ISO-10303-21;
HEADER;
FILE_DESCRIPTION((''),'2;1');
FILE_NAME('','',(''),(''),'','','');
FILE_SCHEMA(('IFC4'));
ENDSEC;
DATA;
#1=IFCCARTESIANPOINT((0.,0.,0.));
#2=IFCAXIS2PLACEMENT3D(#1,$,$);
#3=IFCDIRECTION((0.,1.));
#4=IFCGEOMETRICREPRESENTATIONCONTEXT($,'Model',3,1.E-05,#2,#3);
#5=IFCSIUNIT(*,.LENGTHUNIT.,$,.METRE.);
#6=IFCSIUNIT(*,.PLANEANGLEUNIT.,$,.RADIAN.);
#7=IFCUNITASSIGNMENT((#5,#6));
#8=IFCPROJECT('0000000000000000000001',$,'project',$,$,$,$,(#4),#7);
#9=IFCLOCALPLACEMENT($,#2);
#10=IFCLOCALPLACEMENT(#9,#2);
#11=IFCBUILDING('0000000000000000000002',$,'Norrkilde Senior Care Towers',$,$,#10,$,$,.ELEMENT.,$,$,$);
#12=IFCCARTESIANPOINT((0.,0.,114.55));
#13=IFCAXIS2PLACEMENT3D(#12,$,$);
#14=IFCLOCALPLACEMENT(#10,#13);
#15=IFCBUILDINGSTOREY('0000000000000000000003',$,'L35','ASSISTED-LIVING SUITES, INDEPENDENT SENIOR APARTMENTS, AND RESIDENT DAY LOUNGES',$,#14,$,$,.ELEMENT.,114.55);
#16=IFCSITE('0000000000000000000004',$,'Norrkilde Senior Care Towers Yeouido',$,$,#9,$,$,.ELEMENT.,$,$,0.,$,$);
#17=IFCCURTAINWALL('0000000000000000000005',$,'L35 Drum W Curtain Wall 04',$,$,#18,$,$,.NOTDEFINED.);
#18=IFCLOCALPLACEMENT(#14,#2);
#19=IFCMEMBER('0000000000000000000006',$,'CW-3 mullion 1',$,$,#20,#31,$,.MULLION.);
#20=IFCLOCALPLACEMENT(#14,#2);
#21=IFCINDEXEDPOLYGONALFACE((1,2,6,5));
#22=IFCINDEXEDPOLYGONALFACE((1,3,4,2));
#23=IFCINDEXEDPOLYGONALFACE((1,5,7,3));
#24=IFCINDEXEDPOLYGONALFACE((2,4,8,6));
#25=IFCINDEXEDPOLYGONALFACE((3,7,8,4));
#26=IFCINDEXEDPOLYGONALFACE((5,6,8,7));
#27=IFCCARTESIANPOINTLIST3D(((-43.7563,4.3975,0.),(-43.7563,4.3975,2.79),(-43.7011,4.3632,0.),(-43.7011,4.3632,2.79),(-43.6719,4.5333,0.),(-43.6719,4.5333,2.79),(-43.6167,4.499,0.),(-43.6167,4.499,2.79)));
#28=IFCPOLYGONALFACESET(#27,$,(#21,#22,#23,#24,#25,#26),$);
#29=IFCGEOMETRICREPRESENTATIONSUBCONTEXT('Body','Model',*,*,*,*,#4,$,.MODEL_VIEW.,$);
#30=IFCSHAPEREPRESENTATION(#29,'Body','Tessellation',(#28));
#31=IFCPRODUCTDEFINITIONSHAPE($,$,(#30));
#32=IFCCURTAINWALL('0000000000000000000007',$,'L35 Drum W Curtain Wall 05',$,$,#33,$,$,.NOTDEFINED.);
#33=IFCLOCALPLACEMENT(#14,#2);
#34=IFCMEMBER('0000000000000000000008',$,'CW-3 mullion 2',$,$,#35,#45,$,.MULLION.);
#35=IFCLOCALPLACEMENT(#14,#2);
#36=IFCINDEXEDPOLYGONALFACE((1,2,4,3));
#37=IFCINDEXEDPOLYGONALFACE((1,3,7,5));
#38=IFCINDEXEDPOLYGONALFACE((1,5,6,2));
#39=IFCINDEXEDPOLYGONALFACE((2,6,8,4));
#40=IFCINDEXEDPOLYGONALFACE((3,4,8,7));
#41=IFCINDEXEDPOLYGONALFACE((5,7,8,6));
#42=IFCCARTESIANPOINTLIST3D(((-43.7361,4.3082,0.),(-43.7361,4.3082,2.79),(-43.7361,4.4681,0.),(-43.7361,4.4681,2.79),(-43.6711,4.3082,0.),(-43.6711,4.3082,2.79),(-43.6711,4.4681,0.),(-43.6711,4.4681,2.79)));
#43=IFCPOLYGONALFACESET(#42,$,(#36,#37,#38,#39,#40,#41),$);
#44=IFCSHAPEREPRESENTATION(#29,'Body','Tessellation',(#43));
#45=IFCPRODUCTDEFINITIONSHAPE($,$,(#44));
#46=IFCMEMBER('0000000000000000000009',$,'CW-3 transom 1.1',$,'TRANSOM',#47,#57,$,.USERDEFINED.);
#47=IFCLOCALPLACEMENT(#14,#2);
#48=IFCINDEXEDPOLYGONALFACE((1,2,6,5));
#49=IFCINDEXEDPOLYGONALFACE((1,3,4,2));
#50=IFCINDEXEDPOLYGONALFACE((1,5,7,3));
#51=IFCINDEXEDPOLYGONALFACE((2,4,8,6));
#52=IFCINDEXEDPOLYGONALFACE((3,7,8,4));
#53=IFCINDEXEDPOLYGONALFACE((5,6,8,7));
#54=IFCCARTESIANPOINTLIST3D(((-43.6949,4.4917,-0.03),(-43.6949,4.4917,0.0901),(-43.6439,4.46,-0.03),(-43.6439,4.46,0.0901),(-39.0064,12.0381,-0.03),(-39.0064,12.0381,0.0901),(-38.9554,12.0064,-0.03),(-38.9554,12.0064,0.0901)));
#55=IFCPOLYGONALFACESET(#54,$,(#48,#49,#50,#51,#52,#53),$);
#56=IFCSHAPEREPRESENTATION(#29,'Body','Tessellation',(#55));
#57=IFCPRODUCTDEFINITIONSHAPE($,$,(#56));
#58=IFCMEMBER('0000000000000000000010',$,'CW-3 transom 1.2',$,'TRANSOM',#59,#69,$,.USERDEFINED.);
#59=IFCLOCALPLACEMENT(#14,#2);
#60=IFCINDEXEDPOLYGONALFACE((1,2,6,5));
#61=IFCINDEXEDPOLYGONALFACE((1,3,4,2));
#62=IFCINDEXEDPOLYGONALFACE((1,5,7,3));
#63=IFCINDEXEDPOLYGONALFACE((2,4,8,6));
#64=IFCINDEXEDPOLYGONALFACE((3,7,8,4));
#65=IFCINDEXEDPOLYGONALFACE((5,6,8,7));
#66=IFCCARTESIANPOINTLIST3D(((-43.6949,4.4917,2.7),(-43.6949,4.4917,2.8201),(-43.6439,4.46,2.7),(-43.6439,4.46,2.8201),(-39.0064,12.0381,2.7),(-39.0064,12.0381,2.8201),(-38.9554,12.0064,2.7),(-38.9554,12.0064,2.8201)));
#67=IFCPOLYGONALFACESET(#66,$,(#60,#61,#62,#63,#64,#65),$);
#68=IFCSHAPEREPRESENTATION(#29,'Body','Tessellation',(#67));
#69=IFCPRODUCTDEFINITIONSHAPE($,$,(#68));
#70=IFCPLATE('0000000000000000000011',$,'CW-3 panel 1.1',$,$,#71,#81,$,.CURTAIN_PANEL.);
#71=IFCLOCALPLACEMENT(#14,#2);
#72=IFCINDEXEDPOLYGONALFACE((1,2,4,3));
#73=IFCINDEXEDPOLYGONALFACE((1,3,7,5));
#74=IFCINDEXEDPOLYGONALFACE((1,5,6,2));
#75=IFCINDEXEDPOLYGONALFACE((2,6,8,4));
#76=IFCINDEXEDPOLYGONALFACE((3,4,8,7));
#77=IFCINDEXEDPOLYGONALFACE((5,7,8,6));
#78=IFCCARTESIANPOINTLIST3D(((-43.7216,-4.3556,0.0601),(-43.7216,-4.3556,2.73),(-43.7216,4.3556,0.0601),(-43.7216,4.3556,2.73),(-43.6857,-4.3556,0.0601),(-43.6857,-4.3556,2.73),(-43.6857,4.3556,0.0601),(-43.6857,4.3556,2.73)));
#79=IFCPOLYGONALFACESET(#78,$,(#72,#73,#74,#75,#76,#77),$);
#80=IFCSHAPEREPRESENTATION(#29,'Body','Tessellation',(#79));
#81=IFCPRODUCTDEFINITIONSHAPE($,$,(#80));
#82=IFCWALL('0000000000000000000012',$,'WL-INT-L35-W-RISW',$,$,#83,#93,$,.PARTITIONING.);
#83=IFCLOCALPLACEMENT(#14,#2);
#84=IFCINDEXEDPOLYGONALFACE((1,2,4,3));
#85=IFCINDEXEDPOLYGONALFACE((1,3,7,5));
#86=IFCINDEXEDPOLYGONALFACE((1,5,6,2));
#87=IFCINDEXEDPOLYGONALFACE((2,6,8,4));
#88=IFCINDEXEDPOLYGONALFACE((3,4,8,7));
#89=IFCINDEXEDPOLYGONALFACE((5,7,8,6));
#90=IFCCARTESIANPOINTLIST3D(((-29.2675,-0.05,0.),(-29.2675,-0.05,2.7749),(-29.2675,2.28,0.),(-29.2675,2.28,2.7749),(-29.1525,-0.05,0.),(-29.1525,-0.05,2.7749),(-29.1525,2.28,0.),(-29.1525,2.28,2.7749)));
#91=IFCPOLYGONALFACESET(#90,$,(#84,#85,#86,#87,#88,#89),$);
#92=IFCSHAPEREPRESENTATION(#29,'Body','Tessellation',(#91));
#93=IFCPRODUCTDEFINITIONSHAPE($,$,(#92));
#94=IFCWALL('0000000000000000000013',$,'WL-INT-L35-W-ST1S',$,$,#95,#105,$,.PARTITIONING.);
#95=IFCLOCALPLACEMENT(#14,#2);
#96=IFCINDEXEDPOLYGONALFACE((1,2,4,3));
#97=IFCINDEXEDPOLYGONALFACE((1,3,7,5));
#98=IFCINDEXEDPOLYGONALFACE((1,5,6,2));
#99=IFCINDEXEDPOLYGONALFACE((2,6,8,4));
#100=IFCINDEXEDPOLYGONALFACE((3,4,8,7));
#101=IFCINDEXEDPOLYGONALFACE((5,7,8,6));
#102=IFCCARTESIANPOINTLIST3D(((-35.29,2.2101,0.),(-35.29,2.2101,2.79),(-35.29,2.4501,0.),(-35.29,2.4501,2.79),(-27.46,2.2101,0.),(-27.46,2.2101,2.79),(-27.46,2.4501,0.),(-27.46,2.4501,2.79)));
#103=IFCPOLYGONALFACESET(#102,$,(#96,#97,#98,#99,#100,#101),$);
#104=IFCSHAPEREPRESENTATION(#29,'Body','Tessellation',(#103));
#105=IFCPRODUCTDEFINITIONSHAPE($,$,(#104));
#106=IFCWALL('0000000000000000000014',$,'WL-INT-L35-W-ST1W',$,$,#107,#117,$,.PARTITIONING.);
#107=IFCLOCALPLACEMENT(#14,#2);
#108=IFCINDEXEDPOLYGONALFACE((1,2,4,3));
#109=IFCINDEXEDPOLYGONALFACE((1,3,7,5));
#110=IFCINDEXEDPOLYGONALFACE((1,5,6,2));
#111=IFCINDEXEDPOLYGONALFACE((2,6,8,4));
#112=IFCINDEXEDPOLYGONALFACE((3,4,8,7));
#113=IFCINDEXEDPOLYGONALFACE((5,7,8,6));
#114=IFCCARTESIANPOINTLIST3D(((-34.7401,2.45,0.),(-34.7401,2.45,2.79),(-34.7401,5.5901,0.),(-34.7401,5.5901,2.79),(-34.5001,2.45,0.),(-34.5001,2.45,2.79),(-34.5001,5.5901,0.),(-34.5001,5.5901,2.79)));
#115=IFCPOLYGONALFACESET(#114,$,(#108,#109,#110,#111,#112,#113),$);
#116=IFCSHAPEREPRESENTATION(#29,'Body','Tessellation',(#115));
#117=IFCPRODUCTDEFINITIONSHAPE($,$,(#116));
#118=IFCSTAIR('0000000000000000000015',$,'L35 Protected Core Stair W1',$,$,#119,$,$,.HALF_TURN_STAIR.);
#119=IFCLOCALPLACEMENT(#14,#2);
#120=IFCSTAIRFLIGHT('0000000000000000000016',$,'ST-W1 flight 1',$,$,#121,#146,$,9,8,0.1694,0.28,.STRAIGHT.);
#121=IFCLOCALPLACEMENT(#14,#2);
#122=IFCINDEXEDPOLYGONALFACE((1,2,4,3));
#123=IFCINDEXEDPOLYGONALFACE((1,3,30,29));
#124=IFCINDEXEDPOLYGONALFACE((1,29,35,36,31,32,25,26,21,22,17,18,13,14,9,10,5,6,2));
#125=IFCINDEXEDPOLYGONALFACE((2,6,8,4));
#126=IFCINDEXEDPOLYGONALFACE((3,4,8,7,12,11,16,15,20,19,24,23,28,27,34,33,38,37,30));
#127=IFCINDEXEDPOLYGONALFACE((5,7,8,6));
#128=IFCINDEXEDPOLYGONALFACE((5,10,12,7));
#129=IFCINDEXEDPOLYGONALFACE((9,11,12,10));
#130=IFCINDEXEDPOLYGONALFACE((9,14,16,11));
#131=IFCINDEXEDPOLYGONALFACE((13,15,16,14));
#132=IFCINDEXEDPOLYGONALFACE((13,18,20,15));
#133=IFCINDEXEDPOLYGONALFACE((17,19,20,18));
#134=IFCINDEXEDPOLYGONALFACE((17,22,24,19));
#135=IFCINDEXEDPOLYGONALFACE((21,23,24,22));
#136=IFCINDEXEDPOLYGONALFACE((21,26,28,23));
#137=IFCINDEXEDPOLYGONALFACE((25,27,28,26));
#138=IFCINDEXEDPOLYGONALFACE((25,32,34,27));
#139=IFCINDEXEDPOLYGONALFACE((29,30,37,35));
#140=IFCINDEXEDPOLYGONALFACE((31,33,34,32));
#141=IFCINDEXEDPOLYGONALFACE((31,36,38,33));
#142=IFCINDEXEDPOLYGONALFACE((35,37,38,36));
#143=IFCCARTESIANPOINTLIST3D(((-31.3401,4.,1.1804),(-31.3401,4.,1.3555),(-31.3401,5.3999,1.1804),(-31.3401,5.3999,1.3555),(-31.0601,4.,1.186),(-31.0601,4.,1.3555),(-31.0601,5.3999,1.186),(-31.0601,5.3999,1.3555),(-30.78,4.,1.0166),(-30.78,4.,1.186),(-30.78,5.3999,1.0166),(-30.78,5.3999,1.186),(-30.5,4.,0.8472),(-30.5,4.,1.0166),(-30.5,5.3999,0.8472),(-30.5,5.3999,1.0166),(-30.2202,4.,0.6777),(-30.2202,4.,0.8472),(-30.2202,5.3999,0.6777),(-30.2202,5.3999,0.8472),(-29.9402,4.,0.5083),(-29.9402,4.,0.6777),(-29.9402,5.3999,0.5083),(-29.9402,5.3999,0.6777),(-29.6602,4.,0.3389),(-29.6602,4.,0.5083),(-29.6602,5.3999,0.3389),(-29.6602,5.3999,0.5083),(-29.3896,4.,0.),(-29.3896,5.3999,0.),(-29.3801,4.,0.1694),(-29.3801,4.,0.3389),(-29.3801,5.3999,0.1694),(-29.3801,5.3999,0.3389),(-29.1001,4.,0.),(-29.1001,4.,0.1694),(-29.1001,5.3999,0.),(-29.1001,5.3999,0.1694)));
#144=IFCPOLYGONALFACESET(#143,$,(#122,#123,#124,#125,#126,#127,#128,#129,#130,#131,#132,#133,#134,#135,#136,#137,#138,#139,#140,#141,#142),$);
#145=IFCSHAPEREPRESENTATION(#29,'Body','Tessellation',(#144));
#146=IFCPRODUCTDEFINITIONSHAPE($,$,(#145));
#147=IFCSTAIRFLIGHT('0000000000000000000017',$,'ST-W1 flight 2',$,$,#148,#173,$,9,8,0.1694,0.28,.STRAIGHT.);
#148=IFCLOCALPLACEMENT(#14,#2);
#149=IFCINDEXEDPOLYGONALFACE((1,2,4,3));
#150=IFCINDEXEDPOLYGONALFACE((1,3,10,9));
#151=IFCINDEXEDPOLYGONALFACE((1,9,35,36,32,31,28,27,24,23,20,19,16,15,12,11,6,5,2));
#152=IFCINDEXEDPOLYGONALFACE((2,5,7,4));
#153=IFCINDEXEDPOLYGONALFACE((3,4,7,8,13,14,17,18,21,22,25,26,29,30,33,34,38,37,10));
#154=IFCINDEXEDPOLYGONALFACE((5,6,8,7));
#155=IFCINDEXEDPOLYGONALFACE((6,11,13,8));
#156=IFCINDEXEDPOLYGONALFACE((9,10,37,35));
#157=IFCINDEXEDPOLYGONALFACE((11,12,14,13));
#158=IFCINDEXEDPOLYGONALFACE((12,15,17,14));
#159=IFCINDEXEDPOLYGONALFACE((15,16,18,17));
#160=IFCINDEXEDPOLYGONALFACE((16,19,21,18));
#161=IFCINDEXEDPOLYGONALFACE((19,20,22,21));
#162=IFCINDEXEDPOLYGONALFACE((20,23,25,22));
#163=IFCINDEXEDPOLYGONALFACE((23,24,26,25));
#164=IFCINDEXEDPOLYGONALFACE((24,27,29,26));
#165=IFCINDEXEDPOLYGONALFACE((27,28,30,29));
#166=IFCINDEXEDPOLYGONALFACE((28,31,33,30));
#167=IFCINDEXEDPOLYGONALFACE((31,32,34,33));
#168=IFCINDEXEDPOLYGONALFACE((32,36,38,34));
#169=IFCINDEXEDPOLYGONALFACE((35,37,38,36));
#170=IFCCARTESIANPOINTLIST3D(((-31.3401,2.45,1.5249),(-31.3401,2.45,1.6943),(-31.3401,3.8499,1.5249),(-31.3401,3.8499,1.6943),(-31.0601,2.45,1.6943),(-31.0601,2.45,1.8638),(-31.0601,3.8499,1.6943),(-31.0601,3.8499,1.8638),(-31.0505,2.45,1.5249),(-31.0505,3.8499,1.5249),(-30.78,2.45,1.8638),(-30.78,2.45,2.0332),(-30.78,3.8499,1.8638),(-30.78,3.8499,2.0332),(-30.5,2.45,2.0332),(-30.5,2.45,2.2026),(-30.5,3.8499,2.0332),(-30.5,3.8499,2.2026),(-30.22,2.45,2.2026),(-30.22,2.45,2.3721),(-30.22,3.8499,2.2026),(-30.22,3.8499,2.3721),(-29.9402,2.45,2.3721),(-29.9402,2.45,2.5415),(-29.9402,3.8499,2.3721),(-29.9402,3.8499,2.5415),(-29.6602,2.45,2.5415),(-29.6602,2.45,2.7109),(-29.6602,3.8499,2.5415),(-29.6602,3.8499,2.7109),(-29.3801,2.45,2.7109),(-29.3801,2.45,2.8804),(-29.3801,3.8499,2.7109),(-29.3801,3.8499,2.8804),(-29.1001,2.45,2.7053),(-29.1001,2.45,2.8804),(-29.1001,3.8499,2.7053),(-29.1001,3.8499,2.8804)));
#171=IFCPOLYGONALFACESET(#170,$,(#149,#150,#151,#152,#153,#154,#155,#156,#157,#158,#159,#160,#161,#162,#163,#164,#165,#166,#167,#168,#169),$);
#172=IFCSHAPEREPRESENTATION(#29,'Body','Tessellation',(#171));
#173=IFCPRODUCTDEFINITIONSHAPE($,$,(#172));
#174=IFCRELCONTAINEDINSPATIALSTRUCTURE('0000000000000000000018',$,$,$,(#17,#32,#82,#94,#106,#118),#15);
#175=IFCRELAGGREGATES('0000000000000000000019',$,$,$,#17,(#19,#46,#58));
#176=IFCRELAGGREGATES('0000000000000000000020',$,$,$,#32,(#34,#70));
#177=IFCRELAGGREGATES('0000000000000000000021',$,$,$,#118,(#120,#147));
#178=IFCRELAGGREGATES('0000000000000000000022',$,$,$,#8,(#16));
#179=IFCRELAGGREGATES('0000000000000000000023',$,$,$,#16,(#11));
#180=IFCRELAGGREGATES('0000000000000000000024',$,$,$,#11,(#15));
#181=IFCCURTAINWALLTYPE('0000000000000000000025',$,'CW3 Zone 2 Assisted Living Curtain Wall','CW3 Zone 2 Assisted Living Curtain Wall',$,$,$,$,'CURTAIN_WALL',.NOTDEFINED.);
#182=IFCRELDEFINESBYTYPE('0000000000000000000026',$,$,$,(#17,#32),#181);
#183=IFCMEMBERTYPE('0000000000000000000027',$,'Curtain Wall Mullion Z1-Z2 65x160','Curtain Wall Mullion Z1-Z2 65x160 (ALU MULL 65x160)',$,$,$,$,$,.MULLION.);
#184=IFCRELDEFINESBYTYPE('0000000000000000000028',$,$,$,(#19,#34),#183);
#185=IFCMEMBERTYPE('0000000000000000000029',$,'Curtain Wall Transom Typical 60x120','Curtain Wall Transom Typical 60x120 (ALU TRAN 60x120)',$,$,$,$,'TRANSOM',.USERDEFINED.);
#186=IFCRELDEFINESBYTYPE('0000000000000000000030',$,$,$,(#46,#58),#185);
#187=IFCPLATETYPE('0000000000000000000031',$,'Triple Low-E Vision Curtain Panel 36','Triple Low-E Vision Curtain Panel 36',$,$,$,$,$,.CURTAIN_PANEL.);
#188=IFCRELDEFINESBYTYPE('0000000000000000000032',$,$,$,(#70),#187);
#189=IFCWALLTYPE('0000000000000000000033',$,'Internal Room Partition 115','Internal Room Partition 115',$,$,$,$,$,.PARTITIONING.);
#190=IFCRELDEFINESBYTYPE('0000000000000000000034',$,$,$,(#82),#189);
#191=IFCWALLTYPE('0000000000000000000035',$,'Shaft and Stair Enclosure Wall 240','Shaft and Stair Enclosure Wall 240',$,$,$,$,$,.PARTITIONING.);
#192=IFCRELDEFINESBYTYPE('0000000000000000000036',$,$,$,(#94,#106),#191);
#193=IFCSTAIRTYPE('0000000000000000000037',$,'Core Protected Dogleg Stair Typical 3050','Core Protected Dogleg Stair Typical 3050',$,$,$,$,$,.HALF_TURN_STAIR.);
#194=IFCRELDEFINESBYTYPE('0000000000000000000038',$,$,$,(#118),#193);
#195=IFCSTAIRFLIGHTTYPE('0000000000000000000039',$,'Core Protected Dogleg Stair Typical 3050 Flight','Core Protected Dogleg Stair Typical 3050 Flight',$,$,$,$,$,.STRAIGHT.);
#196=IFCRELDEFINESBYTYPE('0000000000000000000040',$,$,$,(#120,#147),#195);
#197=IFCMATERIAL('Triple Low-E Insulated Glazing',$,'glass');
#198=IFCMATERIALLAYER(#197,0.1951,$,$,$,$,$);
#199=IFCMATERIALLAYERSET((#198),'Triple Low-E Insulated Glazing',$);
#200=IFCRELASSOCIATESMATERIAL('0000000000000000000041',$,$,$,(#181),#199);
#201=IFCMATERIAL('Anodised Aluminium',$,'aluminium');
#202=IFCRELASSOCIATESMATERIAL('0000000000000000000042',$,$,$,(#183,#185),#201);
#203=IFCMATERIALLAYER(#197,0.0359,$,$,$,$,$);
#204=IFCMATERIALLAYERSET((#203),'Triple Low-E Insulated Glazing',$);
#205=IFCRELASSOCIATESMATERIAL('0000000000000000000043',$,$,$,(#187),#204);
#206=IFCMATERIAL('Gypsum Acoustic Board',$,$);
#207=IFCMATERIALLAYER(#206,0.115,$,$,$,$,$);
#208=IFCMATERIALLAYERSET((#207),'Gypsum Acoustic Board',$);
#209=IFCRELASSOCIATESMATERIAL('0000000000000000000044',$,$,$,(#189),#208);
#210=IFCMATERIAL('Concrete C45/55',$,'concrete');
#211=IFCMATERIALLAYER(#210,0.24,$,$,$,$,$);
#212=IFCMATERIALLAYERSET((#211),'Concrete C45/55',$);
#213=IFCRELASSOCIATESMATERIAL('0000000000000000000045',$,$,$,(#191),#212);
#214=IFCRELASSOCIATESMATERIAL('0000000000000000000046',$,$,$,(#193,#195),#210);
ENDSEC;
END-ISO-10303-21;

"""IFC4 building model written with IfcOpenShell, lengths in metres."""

from ifc_helpers import new_model, si_unit, direction, frame, frame_2d, origin, origin_2d, place, context, subcontext, project, spatial, polyline, rectangle, outline, extrude, source, transform, mapped, material, layer, layer_set, material_profile, profile_set, type_object, type_shapes, element, aggregate, save


model = new_model("IFC4")

# Units and contexts
model_context = context("Model", 3, precision=1e-05, world=origin(), true_north=direction((0.0, 1.0)))
body_context = subcontext(model_context, "Body", "Model", "MODEL_VIEW")
ifc_project = project(units=[si_unit("LENGTHUNIT", "METRE"), si_unit("PLANEANGLEUNIT", "RADIAN")], contexts=[model_context])

# Site, building, storey
site_placement = place(None, origin())
site = spatial("IfcSite", under=ifc_project, at=site_placement, Name="Norrkilde Senior Care Towers Yeouido", CompositionType="ELEMENT", RefElevation=0.0)
building_placement = place(site_placement, origin())
building = spatial("IfcBuilding", under=site, at=building_placement, Name="Norrkilde Senior Care Towers", CompositionType="ELEMENT")
storey_placement = place(building_placement, frame((0.0, 0.0, 114.55)))
storey = spatial("IfcBuildingStorey", under=building, at=storey_placement, Name="L35", Description="ASSISTED-LIVING SUITES, INDEPENDENT SENIOR APARTMENTS, AND RESIDENT DAY LOUNGES", CompositionType="ELEMENT", Elevation=114.55)

# Curtain walls, members
ifc_material_1 = material(Name="Triple Low-E Insulated Glazing", Category="glass")
ifc_layer_1 = layer(ifc_material_1, 0.1951)
ifc_layer_set_1 = layer_set([ifc_layer_1], Name="Triple Low-E Insulated Glazing")
curtain_wall_type = type_object("IfcCurtainWallType", Name="CW3 Zone 2 Assisted Living Curtain Wall", Description="CW3 Zone 2 Assisted Living Curtain Wall", ElementType="CURTAIN_WALL", PredefinedType="NOTDEFINED", material=ifc_layer_set_1)
curtain_wall_1_placement = place(storey_placement, origin())
curtain_wall_1 = element("IfcCurtainWall", 1, at=curtain_wall_1_placement, inside=storey, type_object=curtain_wall_type, Name="L35 Drum W Curtain Wall 04", PredefinedType="NOTDEFINED")
ifc_material_2 = material(Name="Anodised Aluminium", Category="aluminium")
ifc_material_profile_1 = material_profile(ifc_material_2, rectangle(XDim=0.0649, YDim=0.1599, at=origin_2d()), Name="ALU MULL 65x160")
ifc_profile_set_1 = profile_set([ifc_material_profile_1], Name="Anodised Aluminium")
member_type_1 = type_object("IfcMemberType", Name="Curtain Wall Mullion Z1-Z2 65x160", Description="Curtain Wall Mullion Z1-Z2 65x160 (ALU MULL 65x160)", PredefinedType="MULLION", material=ifc_profile_set_1)
shared_shape_1 = source(origin(), body_context, "Body", "SweptSolid", [
    extrude(rectangle(XDim=0.0649, YDim=0.1599, at=origin_2d()), origin(), (0.0, 0.0, 1.0), 2.79),
])
type_shapes(member_type_1, [shared_shape_1])
member_1_placement = place(storey_placement, frame((-43.6865, 4.4482, 0.0), z_axis=(0.0, 0.0, 1.0), x_axis=(-0.84941, 0.527733, 0.0)))
member_1 = element("IfcMember", 2, at=member_1_placement, type_object=member_type_1, Name="CW-3 mullion 1", PredefinedType="MULLION", context=body_context, shape_type="MappedRepresentation", body=[
    mapped(shared_shape_1, transform((0.0, 0.0, 0.0), x_axis=(1.0, 0.0, 0.0), y_axis=(0.0, 1.0, 0.0), z_axis=(0.0, 0.0, 1.0), scale=1.0)),
])
curtain_wall_2_placement = place(storey_placement, origin())
curtain_wall_2 = element("IfcCurtainWall", 3, at=curtain_wall_2_placement, inside=storey, type_object=curtain_wall_type, Name="L35 Drum W Curtain Wall 05", PredefinedType="NOTDEFINED")
member_2_placement = place(storey_placement, frame((-43.7036, 4.3882, 0.0), z_axis=(0.0, 0.0, 1.0), x_axis=(-1.0, 0.0, 0.0)))
member_2 = element("IfcMember", 4, at=member_2_placement, type_object=member_type_1, Name="CW-3 mullion 2", PredefinedType="MULLION", context=body_context, shape_type="MappedRepresentation", body=[
    mapped(shared_shape_1, transform((0.0, 0.0, 0.0), x_axis=(1.0, 0.0, 0.0), y_axis=(0.0, 1.0, 0.0), z_axis=(0.0, 0.0, 1.0), scale=1.0)),
])

# Members
ifc_material_profile_2 = material_profile(ifc_material_2, rectangle(XDim=0.0601, YDim=0.1201, at=origin_2d()), Name="ALU TRAN 60x120")
ifc_profile_set_2 = profile_set([ifc_material_profile_2], Name="Anodised Aluminium")
member_type_2 = type_object("IfcMemberType", Name="Curtain Wall Transom Typical 60x120", Description="Curtain Wall Transom Typical 60x120 (ALU TRAN 60x120)", ElementType="TRANSOM", PredefinedType="USERDEFINED", material=ifc_profile_set_2)
shared_shape_2 = source(origin(), body_context, "Body", "SweptSolid", [
    extrude(rectangle(XDim=0.0601, YDim=0.1201, at=origin_2d()), origin(), (0.0, 0.0, 1.0), 8.8843),
])
type_shapes(member_type_2, [shared_shape_2])
member_3_placement = place(storey_placement, frame((-43.6694, 4.4758, 0.03), z_axis=(0.527729, 0.849413, 0.0), x_axis=(-0.849413, 0.527729, 0.0)))
member_3 = element("IfcMember", 5, at=member_3_placement, type_object=member_type_2, Name="CW-3 transom 1.1", ObjectType="TRANSOM", PredefinedType="USERDEFINED", context=body_context, shape_type="MappedRepresentation", body=[
    mapped(shared_shape_2, transform((0.0, 0.0, 0.0), x_axis=(1.0, 0.0, 0.0), y_axis=(0.0, 1.0, 0.0), z_axis=(0.0, 0.0, 1.0), scale=1.0)),
])
member_4_placement = place(storey_placement, frame((-43.6694, 4.4758, 2.76), z_axis=(0.527729, 0.849413, 0.0), x_axis=(-0.849413, 0.527729, 0.0)))
member_4 = element("IfcMember", 6, at=member_4_placement, type_object=member_type_2, Name="CW-3 transom 1.2", ObjectType="TRANSOM", PredefinedType="USERDEFINED", context=body_context, shape_type="MappedRepresentation", body=[
    mapped(shared_shape_2, transform((0.0, 0.0, 0.0), x_axis=(1.0, 0.0, 0.0), y_axis=(0.0, 1.0, 0.0), z_axis=(0.0, 0.0, 1.0), scale=1.0)),
])
aggregate(curtain_wall_1, [member_1, member_3, member_4])

# Plate
ifc_layer_2 = layer(ifc_material_1, 0.0359)
ifc_layer_set_2 = layer_set([ifc_layer_2], Name="Triple Low-E Insulated Glazing")
plate_type = type_object("IfcPlateType", Name="Triple Low-E Vision Curtain Panel 36", Description="Triple Low-E Vision Curtain Panel 36", PredefinedType="CURTAIN_PANEL", material=ifc_layer_set_2)
shared_shape_3 = source(origin(), body_context, "Body", "SweptSolid", [
    extrude(rectangle(XDim=8.7112, YDim=0.0359, at=origin_2d()), origin(), (0.0, 0.0, 1.0), 2.6699),
])
type_shapes(plate_type, [shared_shape_3])
plate_placement = place(storey_placement, frame((-43.7036, 0.0, 0.0601), z_axis=(0.0, 0.0, 1.0), x_axis=(0.0, 1.0, 0.0)))
plate = element("IfcPlate", 7, at=plate_placement, type_object=plate_type, Name="CW-3 panel 1.1", PredefinedType="CURTAIN_PANEL", context=body_context, shape_type="MappedRepresentation", body=[
    mapped(shared_shape_3, transform((0.0, 0.0, 0.0), x_axis=(1.0, 0.0, 0.0), y_axis=(0.0, 1.0, 0.0), z_axis=(0.0, 0.0, 1.0), scale=1.0)),
])
aggregate(curtain_wall_2, [member_2, plate])

# Shared definitions
ifc_material_3 = material(Name="Concrete C45/55", Category="concrete")

# Walls
ifc_material_4 = material(Name="Gypsum Acoustic Board")
ifc_layer_3 = layer(ifc_material_4, 0.115)
ifc_layer_set_3 = layer_set([ifc_layer_3], Name="Gypsum Acoustic Board")
wall_type_1 = type_object("IfcWallType", Name="Internal Room Partition 115", Description="Internal Room Partition 115", PredefinedType="PARTITIONING", material=ifc_layer_set_3)
shared_shape_4 = source(origin(), body_context, "Body", "SweptSolid", [
    extrude(rectangle(XDim=2.3301, YDim=0.115, at=frame_2d((1.165, 0.0))), origin(), (0.0, 0.0, 1.0), 2.7749),
])
type_shapes(wall_type_1, [shared_shape_4])
wall_1_placement = place(storey_placement, frame((-29.21, -0.05, 0.0), z_axis=(0.0, 0.0, 1.0), x_axis=(0.0, 1.0, 0.0)))
element("IfcWall", 8, at=wall_1_placement, inside=storey, type_object=wall_type_1, Name="WL-INT-L35-W-RISW", PredefinedType="PARTITIONING", context=body_context, shape_type="MappedRepresentation", body=[
    mapped(shared_shape_4, transform((0.0, 0.0, 0.0), x_axis=(1.0, 0.0, 0.0), y_axis=(0.0, 1.0, 0.0), z_axis=(0.0, 0.0, 1.0), scale=1.0)),
])
ifc_layer_4 = layer(ifc_material_3, 0.24)
ifc_layer_set_4 = layer_set([ifc_layer_4], Name="Concrete C45/55")
wall_type_2 = type_object("IfcWallType", Name="Shaft and Stair Enclosure Wall 240", Description="Shaft and Stair Enclosure Wall 240", PredefinedType="PARTITIONING", material=ifc_layer_set_4)
shared_shape_5 = source(origin(), body_context, "Body", "SweptSolid", [
    extrude(rectangle(XDim=7.8301, YDim=0.24, at=frame_2d((3.915, 0.0))), origin(), (0.0, 0.0, 1.0), 2.79),
])
wall_2_placement = place(storey_placement, frame((-35.29, 2.3301, 0.0), z_axis=(0.0, 0.0, 1.0), x_axis=(1.0, 0.0, 0.0)))
element("IfcWall", 9, at=wall_2_placement, inside=storey, type_object=wall_type_2, Name="WL-INT-L35-W-ST1S", PredefinedType="PARTITIONING", context=body_context, shape_type="MappedRepresentation", body=[
    mapped(shared_shape_5, transform((0.0, 0.0, 0.0), x_axis=(1.0, 0.0, 0.0), y_axis=(0.0, 1.0, 0.0), z_axis=(0.0, 0.0, 1.0), scale=1.0)),
])
shared_shape_6 = source(origin(), body_context, "Body", "SweptSolid", [
    extrude(rectangle(XDim=3.1401, YDim=0.24, at=frame_2d((1.5701, 0.0))), origin(), (0.0, 0.0, 1.0), 2.79),
])
type_shapes(wall_type_2, [shared_shape_5, shared_shape_6])
wall_3_placement = place(storey_placement, frame((-34.6201, 2.45, 0.0), z_axis=(0.0, 0.0, 1.0), x_axis=(0.0, 1.0, 0.0)))
element("IfcWall", 10, at=wall_3_placement, inside=storey, type_object=wall_type_2, Name="WL-INT-L35-W-ST1W", PredefinedType="PARTITIONING", context=body_context, shape_type="MappedRepresentation", body=[
    mapped(shared_shape_6, transform((0.0, 0.0, 0.0), x_axis=(1.0, 0.0, 0.0), y_axis=(0.0, 1.0, 0.0), z_axis=(0.0, 0.0, 1.0), scale=1.0)),
])

# Stair, stair flights
stair_type = type_object("IfcStairType", Name="Core Protected Dogleg Stair Typical 3050", Description="Core Protected Dogleg Stair Typical 3050", PredefinedType="HALF_TURN_STAIR", material=ifc_material_3)
stair_placement = place(storey_placement, origin())
stair = element("IfcStair", 11, at=stair_placement, inside=storey, type_object=stair_type, Name="L35 Protected Core Stair W1", PredefinedType="HALF_TURN_STAIR")
stair_flight_type = type_object("IfcStairFlightType", Name="Core Protected Dogleg Stair Typical 3050 Flight", Description="Core Protected Dogleg Stair Typical 3050 Flight", PredefinedType="STRAIGHT", material=ifc_material_3)
stair_flight_1_placement = place(storey_placement, frame((-29.1001, 4.7, 0.0), z_axis=(0.0, 0.0, 1.0), x_axis=(-1.0, 0.0, 0.0)))
stair_flight_1 = element("IfcStairFlight", 12, at=stair_flight_1_placement, type_object=stair_flight_type, Name="ST-W1 flight 1", NumberOfRisers=9, NumberOfTreads=8, PredefinedType="STRAIGHT", RiserHeight=0.1694, TreadLength=0.28, context=body_context, shape_type="SweptSolid", body=[
    extrude(outline(polyline([(0.0, 0.0), (0.0, 0.1694), (0.28, 0.1694), (0.28, 0.3389), (0.5601, 0.3389), (0.5601, 0.5083), (0.8401, 0.5083), (0.8401, 0.6777), (1.1201, 0.6777), (1.1201, 0.8472), (1.3999, 0.8472), (1.3999, 1.0166), (1.6799, 1.0166), (1.6799, 1.186), (1.96, 1.186), (1.96, 1.3555), (2.24, 1.3555), (2.24, 1.5249), (2.24, 1.1804), (0.2896, 0.0), (0.0, 0.0)])), frame((0.0, 0.7, 0.0), z_axis=(0.0, -1.0, 0.0), x_axis=(1.0, 0.0, 0.0)), (0.0, 0.0, 1.0), 1.3999),
])
stair_flight_2_placement = place(storey_placement, frame((-31.3401, 3.1499, 1.5249), z_axis=(0.0, 0.0, 1.0), x_axis=(1.0, 0.0, 0.0)))
stair_flight_2 = element("IfcStairFlight", 13, at=stair_flight_2_placement, type_object=stair_flight_type, Name="ST-W1 flight 2", NumberOfRisers=9, NumberOfTreads=8, PredefinedType="STRAIGHT", RiserHeight=0.1694, TreadLength=0.28, context=body_context, shape_type="SweptSolid", body=[
    extrude(outline(polyline([(0.0, 0.0), (0.0, 0.1694), (0.28, 0.1694), (0.28, 0.3389), (0.5601, 0.3389), (0.5601, 0.5083), (0.8401, 0.5083), (0.8401, 0.6777), (1.1201, 0.6777), (1.1201, 0.8472), (1.3999, 0.8472), (1.3999, 1.0166), (1.6799, 1.0166), (1.6799, 1.186), (1.96, 1.186), (1.96, 1.3555), (2.24, 1.3555), (2.24, 1.5249), (2.24, 1.1804), (0.2896, 0.0), (0.0, 0.0)])), frame((0.0, 0.7, 0.0), z_axis=(0.0, -1.0, 0.0), x_axis=(1.0, 0.0, 0.0)), (0.0, 0.0, 1.0), 1.3999),
])
aggregate(stair, [stair_flight_1, stair_flight_2])

save(model, "model.ifc")
